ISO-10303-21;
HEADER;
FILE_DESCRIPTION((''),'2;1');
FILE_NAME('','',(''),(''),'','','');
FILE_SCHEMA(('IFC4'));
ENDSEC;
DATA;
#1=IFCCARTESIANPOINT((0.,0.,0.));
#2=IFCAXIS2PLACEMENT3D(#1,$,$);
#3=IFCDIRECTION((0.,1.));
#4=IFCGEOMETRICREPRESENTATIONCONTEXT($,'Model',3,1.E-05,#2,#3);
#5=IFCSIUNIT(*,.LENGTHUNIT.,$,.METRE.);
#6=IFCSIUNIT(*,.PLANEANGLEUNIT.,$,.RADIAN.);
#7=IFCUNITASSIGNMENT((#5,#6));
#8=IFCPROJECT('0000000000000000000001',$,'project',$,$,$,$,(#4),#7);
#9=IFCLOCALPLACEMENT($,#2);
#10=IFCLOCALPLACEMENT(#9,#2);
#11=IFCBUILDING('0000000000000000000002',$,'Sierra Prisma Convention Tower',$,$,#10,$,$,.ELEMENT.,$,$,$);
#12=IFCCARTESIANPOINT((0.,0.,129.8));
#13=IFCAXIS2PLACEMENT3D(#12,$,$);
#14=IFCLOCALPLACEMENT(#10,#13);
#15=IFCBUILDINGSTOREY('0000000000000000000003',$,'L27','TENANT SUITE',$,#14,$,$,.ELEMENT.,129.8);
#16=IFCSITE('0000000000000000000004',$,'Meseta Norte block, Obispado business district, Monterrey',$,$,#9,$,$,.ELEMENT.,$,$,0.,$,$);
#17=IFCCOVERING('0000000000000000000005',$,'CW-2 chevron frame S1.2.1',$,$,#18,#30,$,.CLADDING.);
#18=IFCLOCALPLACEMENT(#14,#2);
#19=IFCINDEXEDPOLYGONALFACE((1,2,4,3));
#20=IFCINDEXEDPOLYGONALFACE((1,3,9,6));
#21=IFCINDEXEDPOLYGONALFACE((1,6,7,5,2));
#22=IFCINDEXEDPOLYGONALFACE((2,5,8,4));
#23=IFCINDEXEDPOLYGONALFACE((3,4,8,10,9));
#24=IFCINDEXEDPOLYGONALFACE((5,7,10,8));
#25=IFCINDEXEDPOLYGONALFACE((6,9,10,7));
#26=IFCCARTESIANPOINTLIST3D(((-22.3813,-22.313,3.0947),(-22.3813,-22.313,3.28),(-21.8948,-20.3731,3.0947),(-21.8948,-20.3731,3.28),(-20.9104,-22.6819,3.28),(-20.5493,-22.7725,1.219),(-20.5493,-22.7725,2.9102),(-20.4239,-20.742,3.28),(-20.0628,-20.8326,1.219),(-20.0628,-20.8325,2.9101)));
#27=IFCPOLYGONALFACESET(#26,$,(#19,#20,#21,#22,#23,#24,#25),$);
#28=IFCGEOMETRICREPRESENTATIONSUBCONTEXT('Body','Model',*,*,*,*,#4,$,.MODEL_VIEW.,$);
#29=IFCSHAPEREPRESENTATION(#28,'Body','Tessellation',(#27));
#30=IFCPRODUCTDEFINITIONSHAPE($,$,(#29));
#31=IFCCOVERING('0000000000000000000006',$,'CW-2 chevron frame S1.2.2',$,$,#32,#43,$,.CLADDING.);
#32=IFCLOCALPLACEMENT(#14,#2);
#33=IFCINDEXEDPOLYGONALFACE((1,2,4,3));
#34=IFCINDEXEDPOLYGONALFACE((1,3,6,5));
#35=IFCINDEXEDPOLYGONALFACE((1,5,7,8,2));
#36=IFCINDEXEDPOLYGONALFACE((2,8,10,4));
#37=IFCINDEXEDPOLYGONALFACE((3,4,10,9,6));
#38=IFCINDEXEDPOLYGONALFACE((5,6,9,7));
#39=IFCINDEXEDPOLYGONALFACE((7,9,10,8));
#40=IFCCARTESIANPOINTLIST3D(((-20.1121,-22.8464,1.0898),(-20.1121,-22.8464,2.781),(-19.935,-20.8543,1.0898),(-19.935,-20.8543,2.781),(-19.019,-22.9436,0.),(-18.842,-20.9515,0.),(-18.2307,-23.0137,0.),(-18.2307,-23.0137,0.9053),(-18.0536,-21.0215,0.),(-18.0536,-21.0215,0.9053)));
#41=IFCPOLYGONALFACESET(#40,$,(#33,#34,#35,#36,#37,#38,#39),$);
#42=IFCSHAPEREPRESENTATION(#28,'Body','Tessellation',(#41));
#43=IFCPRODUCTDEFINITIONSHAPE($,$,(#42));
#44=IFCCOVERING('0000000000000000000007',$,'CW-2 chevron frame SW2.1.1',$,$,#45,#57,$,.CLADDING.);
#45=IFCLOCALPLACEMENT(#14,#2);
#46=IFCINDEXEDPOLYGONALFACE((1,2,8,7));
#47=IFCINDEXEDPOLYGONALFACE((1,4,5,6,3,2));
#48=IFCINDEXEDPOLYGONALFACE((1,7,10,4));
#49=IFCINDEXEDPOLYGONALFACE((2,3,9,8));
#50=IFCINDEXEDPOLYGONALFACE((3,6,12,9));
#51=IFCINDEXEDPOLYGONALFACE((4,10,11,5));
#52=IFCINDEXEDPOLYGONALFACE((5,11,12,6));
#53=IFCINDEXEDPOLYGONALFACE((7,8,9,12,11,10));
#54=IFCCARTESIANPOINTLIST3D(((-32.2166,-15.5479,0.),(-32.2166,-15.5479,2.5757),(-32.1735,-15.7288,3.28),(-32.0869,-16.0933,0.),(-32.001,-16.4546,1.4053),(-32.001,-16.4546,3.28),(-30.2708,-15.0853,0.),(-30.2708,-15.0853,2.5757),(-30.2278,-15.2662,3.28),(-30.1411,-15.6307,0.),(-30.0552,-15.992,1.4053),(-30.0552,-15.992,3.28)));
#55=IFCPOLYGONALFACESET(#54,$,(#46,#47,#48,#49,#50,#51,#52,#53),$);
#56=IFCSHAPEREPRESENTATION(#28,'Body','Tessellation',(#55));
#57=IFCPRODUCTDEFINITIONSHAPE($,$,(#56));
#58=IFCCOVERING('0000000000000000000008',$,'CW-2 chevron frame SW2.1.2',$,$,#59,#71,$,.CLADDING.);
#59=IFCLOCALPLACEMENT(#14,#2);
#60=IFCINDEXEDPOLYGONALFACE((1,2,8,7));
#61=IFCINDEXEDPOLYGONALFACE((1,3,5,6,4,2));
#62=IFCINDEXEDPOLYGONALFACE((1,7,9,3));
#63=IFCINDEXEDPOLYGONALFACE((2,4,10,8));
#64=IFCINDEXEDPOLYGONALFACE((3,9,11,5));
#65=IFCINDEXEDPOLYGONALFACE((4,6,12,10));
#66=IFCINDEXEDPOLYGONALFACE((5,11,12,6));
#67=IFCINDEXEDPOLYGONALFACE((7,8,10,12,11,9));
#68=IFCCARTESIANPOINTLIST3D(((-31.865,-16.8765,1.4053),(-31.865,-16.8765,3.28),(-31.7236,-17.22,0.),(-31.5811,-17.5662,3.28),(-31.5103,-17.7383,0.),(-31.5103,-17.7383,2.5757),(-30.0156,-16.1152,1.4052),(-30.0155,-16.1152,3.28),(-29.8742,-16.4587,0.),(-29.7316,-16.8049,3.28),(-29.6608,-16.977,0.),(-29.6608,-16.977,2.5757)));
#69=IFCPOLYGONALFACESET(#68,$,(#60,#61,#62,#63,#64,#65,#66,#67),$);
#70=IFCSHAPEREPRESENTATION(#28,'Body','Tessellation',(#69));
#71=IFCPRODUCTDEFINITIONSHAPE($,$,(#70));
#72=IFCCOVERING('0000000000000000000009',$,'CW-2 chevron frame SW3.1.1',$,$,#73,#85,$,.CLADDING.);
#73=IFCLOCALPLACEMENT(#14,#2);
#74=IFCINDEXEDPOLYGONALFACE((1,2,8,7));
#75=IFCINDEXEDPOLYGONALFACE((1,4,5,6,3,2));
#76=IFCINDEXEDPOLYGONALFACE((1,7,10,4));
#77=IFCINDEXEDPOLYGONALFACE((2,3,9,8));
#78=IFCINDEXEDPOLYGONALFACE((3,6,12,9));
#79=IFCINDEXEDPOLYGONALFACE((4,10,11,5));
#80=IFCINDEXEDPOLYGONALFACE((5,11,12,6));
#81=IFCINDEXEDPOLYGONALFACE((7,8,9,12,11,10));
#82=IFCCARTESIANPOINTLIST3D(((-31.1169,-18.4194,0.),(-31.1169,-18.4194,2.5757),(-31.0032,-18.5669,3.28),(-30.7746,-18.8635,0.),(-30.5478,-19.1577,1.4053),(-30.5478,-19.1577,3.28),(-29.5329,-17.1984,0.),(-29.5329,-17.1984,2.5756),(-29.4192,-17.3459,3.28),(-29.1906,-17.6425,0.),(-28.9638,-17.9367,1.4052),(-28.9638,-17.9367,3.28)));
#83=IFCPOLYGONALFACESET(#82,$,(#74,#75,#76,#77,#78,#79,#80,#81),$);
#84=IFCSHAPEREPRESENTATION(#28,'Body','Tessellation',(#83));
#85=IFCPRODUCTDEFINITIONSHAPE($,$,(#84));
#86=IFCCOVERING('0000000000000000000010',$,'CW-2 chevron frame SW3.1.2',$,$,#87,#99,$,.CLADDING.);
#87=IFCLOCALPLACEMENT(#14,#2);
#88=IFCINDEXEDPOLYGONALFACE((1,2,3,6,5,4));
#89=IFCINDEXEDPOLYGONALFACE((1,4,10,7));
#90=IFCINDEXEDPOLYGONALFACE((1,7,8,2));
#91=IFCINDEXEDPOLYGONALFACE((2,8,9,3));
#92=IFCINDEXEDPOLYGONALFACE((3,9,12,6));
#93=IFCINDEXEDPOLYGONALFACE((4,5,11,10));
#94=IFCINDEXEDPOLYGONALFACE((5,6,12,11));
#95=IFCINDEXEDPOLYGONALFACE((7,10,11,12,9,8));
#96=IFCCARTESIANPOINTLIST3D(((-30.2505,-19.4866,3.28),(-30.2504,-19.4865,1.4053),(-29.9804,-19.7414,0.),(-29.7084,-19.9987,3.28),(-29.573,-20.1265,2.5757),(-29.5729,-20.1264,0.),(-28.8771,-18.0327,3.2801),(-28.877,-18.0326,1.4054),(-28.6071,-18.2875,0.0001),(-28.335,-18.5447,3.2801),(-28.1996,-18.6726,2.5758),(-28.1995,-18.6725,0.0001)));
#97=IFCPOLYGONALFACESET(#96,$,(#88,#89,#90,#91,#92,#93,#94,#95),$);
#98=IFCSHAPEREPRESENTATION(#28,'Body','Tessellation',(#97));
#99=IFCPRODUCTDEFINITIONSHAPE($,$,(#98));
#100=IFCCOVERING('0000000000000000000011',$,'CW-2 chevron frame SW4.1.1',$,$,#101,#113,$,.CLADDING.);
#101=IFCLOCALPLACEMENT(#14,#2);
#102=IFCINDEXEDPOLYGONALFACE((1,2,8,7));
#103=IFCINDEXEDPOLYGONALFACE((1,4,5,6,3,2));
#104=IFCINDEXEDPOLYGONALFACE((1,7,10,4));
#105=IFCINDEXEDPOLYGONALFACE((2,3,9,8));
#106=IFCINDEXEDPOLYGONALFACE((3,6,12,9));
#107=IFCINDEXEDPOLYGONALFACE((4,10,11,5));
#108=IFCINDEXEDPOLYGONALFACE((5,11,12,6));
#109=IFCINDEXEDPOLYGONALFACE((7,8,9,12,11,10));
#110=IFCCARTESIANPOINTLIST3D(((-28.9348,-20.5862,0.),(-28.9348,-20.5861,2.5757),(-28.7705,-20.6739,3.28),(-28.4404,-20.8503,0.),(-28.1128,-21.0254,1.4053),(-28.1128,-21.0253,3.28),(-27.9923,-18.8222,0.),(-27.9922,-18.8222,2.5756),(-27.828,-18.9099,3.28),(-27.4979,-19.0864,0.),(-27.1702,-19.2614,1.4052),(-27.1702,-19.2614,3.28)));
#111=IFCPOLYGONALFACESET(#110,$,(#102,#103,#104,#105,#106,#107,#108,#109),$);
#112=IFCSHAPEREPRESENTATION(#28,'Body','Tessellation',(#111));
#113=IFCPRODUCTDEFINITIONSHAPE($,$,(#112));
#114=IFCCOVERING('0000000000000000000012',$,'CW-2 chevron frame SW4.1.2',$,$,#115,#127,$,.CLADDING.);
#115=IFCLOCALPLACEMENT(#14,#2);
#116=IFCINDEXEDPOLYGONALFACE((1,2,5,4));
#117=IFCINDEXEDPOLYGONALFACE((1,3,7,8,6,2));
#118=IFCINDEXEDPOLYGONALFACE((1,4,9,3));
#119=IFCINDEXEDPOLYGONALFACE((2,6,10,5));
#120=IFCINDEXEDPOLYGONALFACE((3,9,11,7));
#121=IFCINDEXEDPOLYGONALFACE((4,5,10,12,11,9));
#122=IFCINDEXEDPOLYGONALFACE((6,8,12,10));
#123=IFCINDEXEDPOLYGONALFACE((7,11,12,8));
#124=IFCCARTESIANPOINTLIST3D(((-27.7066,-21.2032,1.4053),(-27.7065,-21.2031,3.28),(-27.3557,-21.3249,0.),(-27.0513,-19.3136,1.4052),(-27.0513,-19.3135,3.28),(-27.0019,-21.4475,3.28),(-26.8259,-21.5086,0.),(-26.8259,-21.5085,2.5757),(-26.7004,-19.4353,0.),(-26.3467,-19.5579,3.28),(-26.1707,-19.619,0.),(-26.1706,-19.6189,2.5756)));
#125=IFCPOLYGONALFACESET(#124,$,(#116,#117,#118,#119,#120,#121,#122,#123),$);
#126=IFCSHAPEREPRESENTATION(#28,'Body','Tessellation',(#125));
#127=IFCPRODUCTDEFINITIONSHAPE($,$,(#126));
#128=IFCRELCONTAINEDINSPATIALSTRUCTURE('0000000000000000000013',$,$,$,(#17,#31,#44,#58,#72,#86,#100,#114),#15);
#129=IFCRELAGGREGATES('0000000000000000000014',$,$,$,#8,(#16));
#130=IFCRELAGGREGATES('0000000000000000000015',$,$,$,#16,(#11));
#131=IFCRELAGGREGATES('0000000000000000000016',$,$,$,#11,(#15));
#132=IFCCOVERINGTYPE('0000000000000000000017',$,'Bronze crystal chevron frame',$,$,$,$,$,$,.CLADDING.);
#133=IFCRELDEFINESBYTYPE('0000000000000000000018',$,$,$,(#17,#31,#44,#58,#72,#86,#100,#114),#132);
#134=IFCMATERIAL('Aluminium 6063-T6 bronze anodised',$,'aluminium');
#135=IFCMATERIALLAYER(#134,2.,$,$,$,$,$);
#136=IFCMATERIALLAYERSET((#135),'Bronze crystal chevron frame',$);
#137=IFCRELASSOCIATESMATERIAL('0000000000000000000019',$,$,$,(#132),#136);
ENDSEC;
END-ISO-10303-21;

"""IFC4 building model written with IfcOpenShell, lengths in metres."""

from ifc_helpers import new_model, si_unit, direction, frame, origin, place, context, subcontext, project, spatial, polyline, outline, extrude, material, layer, layer_set, type_object, element, save


model = new_model("IFC4")

# Units and contexts
model_context = context("Model", 3, precision=1e-05, world=origin(), true_north=direction((0.0, 1.0)))
body_context = subcontext(model_context, "Body", "Model", "MODEL_VIEW")
ifc_project = project(units=[si_unit("LENGTHUNIT", "METRE"), si_unit("PLANEANGLEUNIT", "RADIAN")], contexts=[model_context])

# Site, building, storey
site_placement = place(None, origin())
site = spatial("IfcSite", under=ifc_project, at=site_placement, Name="Meseta Norte block, Obispado business district, Monterrey", CompositionType="ELEMENT", RefElevation=0.0)
building_placement = place(site_placement, origin())
building = spatial("IfcBuilding", under=site, at=building_placement, Name="Sierra Prisma Convention Tower", CompositionType="ELEMENT")
storey_placement = place(building_placement, frame((0.0, 0.0, 129.8)))
storey = spatial("IfcBuildingStorey", under=building, at=storey_placement, Name="L27", Description="TENANT SUITE", CompositionType="ELEMENT", Elevation=129.8)

# Coverings
ifc_material_1 = material(Name="Aluminium 6063-T6 bronze anodised", Category="aluminium")
ifc_layer_1 = layer(ifc_material_1, 2.0)
ifc_layer_set_1 = layer_set([ifc_layer_1], Name="Bronze crystal chevron frame")
covering_type = type_object("IfcCoveringType", Name="Bronze crystal chevron frame", PredefinedType="CLADDING", material=ifc_layer_set_1)
covering_1_placement = place(storey_placement, frame((-22.3813, -22.313, 3.28), z_axis=(-0.243264, -0.96996, 0.000007), x_axis=(-0.000002, -0.000007, -1.0)))
element("IfcCovering", 1, at=covering_1_placement, inside=storey, type_object=covering_type, Name="CW-2 chevron frame S1.2.1", PredefinedType="CLADDING", context=body_context, shape_type="SweptSolid", body=[
    extrude(outline(polyline([(0.0, 0.0), (0.1853, 0.0), (2.061, 1.8888), (0.3699, 1.8888), (0.0, 1.5165), (0.0, 0.0)])), origin(), (0.0, 0.0, -1.0), 2.0),
])
covering_2_placement = place(storey_placement, frame((-18.2307, -23.0137, 0.0), z_axis=(-0.088541, -0.996073, 0.000003), x_axis=(0.0, 0.000003, 1.0)))
element("IfcCovering", 2, at=covering_2_placement, inside=storey, type_object=covering_type, Name="CW-2 chevron frame S1.2.2", PredefinedType="CLADDING", context=body_context, shape_type="SweptSolid", body=[
    extrude(outline(polyline([(0.0, 0.0), (0.9053, 0.0), (2.781, 1.8888), (1.0898, 1.8888), (0.0, 0.7914), (0.0, 0.0)])), origin(), (0.0, 0.0, -1.0), 2.0),
])
covering_3_placement = place(storey_placement, frame((-32.2166, -15.5479, 0.0), z_axis=(-0.972883, -0.231299, -0.000002), x_axis=(0.231299, -0.972883, 0.0)))
element("IfcCovering", 3, at=covering_3_placement, inside=storey, type_object=covering_type, Name="CW-2 chevron frame SW2.1.1", PredefinedType="CLADDING", context=body_context, shape_type="SweptSolid", body=[
    extrude(outline(polyline([(0.0, 0.0), (0.5606, 0.0), (0.932, 1.4053), (0.932, 3.28), (0.1859, 3.28), (0.0, 2.5757), (0.0, 0.0)])), origin(), (0.0, 0.0, -1.0), 2.0),
])
covering_4_placement = place(storey_placement, frame((-31.865, -16.8765, 3.28), z_axis=(-0.924722, -0.380644, 0.000013), x_axis=(-0.000012, -0.000005, -1.0)))
element("IfcCovering", 4, at=covering_4_placement, inside=storey, type_object=covering_type, Name="CW-2 chevron frame SW2.1.2", PredefinedType="CLADDING", context=body_context, shape_type="SweptSolid", body=[
    extrude(outline(polyline([(0.0, 0.0), (1.8748, 0.0), (3.28, 0.3715), (3.28, 0.932), (0.7043, 0.932), (0.0, 0.7459), (0.0, 0.0)])), origin(), (0.0, 0.0, -1.0), 2.0),
])
covering_5_placement = place(storey_placement, frame((-31.1169, -18.4194, 0.0), z_axis=(-0.792021, -0.610494, 0.000019), x_axis=(0.610494, -0.792021, 0.0)))
element("IfcCovering", 5, at=covering_5_placement, inside=storey, type_object=covering_type, Name="CW-2 chevron frame SW3.1.1", PredefinedType="CLADDING", context=body_context, shape_type="SweptSolid", body=[
    extrude(outline(polyline([(0.0, 0.0), (0.5607, 0.0), (0.9322, 1.4053), (0.9322, 3.28), (0.1862, 3.28), (0.0, 2.5757), (0.0, 0.0)])), origin(), (0.0, 0.0, -1.0), 2.0),
])
covering_6_placement = place(storey_placement, frame((-30.2505, -19.4866, 3.28), z_axis=(-0.686687, -0.726953, -0.000055), x_axis=(0.000038, 0.00004, -1.0)))
element("IfcCovering", 6, at=covering_6_placement, inside=storey, type_object=covering_type, Name="CW-2 chevron frame SW3.1.2", PredefinedType="CLADDING", context=body_context, shape_type="SweptSolid", body=[
    extrude(outline(polyline([(0.0, 0.0), (1.8748, 0.0), (3.28, 0.3713), (3.28, 0.9319), (0.7043, 0.9319), (0.0, 0.7457), (0.0, 0.0)])), origin(), (0.0, 0.0, -1.0), 2.0),
])
covering_7_placement = place(storey_placement, frame((-28.9348, -20.5862, 0.0), z_axis=(-0.47127, -0.881989, 0.000023), x_axis=(0.881989, -0.47127, 0.0)))
element("IfcCovering", 7, at=covering_7_placement, inside=storey, type_object=covering_type, Name="CW-2 chevron frame SW4.1.1", PredefinedType="CLADDING", context=body_context, shape_type="SweptSolid", body=[
    extrude(outline(polyline([(0.0, 0.0), (0.5605, 0.0), (0.932, 1.4053), (0.932, 3.28), (0.1862, 3.28), (0.0, 2.5757), (0.0, 0.0)])), origin(), (0.0, 0.0, -1.0), 2.0),
])
covering_8_placement = place(storey_placement, frame((-27.7065, -21.2031, 3.28), z_axis=(-0.327645, -0.944801, 0.000022), x_axis=(-0.000007, -0.00002, -1.0)))
element("IfcCovering", 8, at=covering_8_placement, inside=storey, type_object=covering_type, Name="CW-2 chevron frame SW4.1.2", PredefinedType="CLADDING", context=body_context, shape_type="SweptSolid", body=[
    extrude(outline(polyline([(0.0, 0.0), (1.8748, 0.0), (3.28, 0.3714), (3.28, 0.9321), (0.7043, 0.9321), (0.0, 0.7458), (0.0, 0.0)])), origin(), (0.0, 0.0, -1.0), 2.0),
])

save(model, "model.ifc")
